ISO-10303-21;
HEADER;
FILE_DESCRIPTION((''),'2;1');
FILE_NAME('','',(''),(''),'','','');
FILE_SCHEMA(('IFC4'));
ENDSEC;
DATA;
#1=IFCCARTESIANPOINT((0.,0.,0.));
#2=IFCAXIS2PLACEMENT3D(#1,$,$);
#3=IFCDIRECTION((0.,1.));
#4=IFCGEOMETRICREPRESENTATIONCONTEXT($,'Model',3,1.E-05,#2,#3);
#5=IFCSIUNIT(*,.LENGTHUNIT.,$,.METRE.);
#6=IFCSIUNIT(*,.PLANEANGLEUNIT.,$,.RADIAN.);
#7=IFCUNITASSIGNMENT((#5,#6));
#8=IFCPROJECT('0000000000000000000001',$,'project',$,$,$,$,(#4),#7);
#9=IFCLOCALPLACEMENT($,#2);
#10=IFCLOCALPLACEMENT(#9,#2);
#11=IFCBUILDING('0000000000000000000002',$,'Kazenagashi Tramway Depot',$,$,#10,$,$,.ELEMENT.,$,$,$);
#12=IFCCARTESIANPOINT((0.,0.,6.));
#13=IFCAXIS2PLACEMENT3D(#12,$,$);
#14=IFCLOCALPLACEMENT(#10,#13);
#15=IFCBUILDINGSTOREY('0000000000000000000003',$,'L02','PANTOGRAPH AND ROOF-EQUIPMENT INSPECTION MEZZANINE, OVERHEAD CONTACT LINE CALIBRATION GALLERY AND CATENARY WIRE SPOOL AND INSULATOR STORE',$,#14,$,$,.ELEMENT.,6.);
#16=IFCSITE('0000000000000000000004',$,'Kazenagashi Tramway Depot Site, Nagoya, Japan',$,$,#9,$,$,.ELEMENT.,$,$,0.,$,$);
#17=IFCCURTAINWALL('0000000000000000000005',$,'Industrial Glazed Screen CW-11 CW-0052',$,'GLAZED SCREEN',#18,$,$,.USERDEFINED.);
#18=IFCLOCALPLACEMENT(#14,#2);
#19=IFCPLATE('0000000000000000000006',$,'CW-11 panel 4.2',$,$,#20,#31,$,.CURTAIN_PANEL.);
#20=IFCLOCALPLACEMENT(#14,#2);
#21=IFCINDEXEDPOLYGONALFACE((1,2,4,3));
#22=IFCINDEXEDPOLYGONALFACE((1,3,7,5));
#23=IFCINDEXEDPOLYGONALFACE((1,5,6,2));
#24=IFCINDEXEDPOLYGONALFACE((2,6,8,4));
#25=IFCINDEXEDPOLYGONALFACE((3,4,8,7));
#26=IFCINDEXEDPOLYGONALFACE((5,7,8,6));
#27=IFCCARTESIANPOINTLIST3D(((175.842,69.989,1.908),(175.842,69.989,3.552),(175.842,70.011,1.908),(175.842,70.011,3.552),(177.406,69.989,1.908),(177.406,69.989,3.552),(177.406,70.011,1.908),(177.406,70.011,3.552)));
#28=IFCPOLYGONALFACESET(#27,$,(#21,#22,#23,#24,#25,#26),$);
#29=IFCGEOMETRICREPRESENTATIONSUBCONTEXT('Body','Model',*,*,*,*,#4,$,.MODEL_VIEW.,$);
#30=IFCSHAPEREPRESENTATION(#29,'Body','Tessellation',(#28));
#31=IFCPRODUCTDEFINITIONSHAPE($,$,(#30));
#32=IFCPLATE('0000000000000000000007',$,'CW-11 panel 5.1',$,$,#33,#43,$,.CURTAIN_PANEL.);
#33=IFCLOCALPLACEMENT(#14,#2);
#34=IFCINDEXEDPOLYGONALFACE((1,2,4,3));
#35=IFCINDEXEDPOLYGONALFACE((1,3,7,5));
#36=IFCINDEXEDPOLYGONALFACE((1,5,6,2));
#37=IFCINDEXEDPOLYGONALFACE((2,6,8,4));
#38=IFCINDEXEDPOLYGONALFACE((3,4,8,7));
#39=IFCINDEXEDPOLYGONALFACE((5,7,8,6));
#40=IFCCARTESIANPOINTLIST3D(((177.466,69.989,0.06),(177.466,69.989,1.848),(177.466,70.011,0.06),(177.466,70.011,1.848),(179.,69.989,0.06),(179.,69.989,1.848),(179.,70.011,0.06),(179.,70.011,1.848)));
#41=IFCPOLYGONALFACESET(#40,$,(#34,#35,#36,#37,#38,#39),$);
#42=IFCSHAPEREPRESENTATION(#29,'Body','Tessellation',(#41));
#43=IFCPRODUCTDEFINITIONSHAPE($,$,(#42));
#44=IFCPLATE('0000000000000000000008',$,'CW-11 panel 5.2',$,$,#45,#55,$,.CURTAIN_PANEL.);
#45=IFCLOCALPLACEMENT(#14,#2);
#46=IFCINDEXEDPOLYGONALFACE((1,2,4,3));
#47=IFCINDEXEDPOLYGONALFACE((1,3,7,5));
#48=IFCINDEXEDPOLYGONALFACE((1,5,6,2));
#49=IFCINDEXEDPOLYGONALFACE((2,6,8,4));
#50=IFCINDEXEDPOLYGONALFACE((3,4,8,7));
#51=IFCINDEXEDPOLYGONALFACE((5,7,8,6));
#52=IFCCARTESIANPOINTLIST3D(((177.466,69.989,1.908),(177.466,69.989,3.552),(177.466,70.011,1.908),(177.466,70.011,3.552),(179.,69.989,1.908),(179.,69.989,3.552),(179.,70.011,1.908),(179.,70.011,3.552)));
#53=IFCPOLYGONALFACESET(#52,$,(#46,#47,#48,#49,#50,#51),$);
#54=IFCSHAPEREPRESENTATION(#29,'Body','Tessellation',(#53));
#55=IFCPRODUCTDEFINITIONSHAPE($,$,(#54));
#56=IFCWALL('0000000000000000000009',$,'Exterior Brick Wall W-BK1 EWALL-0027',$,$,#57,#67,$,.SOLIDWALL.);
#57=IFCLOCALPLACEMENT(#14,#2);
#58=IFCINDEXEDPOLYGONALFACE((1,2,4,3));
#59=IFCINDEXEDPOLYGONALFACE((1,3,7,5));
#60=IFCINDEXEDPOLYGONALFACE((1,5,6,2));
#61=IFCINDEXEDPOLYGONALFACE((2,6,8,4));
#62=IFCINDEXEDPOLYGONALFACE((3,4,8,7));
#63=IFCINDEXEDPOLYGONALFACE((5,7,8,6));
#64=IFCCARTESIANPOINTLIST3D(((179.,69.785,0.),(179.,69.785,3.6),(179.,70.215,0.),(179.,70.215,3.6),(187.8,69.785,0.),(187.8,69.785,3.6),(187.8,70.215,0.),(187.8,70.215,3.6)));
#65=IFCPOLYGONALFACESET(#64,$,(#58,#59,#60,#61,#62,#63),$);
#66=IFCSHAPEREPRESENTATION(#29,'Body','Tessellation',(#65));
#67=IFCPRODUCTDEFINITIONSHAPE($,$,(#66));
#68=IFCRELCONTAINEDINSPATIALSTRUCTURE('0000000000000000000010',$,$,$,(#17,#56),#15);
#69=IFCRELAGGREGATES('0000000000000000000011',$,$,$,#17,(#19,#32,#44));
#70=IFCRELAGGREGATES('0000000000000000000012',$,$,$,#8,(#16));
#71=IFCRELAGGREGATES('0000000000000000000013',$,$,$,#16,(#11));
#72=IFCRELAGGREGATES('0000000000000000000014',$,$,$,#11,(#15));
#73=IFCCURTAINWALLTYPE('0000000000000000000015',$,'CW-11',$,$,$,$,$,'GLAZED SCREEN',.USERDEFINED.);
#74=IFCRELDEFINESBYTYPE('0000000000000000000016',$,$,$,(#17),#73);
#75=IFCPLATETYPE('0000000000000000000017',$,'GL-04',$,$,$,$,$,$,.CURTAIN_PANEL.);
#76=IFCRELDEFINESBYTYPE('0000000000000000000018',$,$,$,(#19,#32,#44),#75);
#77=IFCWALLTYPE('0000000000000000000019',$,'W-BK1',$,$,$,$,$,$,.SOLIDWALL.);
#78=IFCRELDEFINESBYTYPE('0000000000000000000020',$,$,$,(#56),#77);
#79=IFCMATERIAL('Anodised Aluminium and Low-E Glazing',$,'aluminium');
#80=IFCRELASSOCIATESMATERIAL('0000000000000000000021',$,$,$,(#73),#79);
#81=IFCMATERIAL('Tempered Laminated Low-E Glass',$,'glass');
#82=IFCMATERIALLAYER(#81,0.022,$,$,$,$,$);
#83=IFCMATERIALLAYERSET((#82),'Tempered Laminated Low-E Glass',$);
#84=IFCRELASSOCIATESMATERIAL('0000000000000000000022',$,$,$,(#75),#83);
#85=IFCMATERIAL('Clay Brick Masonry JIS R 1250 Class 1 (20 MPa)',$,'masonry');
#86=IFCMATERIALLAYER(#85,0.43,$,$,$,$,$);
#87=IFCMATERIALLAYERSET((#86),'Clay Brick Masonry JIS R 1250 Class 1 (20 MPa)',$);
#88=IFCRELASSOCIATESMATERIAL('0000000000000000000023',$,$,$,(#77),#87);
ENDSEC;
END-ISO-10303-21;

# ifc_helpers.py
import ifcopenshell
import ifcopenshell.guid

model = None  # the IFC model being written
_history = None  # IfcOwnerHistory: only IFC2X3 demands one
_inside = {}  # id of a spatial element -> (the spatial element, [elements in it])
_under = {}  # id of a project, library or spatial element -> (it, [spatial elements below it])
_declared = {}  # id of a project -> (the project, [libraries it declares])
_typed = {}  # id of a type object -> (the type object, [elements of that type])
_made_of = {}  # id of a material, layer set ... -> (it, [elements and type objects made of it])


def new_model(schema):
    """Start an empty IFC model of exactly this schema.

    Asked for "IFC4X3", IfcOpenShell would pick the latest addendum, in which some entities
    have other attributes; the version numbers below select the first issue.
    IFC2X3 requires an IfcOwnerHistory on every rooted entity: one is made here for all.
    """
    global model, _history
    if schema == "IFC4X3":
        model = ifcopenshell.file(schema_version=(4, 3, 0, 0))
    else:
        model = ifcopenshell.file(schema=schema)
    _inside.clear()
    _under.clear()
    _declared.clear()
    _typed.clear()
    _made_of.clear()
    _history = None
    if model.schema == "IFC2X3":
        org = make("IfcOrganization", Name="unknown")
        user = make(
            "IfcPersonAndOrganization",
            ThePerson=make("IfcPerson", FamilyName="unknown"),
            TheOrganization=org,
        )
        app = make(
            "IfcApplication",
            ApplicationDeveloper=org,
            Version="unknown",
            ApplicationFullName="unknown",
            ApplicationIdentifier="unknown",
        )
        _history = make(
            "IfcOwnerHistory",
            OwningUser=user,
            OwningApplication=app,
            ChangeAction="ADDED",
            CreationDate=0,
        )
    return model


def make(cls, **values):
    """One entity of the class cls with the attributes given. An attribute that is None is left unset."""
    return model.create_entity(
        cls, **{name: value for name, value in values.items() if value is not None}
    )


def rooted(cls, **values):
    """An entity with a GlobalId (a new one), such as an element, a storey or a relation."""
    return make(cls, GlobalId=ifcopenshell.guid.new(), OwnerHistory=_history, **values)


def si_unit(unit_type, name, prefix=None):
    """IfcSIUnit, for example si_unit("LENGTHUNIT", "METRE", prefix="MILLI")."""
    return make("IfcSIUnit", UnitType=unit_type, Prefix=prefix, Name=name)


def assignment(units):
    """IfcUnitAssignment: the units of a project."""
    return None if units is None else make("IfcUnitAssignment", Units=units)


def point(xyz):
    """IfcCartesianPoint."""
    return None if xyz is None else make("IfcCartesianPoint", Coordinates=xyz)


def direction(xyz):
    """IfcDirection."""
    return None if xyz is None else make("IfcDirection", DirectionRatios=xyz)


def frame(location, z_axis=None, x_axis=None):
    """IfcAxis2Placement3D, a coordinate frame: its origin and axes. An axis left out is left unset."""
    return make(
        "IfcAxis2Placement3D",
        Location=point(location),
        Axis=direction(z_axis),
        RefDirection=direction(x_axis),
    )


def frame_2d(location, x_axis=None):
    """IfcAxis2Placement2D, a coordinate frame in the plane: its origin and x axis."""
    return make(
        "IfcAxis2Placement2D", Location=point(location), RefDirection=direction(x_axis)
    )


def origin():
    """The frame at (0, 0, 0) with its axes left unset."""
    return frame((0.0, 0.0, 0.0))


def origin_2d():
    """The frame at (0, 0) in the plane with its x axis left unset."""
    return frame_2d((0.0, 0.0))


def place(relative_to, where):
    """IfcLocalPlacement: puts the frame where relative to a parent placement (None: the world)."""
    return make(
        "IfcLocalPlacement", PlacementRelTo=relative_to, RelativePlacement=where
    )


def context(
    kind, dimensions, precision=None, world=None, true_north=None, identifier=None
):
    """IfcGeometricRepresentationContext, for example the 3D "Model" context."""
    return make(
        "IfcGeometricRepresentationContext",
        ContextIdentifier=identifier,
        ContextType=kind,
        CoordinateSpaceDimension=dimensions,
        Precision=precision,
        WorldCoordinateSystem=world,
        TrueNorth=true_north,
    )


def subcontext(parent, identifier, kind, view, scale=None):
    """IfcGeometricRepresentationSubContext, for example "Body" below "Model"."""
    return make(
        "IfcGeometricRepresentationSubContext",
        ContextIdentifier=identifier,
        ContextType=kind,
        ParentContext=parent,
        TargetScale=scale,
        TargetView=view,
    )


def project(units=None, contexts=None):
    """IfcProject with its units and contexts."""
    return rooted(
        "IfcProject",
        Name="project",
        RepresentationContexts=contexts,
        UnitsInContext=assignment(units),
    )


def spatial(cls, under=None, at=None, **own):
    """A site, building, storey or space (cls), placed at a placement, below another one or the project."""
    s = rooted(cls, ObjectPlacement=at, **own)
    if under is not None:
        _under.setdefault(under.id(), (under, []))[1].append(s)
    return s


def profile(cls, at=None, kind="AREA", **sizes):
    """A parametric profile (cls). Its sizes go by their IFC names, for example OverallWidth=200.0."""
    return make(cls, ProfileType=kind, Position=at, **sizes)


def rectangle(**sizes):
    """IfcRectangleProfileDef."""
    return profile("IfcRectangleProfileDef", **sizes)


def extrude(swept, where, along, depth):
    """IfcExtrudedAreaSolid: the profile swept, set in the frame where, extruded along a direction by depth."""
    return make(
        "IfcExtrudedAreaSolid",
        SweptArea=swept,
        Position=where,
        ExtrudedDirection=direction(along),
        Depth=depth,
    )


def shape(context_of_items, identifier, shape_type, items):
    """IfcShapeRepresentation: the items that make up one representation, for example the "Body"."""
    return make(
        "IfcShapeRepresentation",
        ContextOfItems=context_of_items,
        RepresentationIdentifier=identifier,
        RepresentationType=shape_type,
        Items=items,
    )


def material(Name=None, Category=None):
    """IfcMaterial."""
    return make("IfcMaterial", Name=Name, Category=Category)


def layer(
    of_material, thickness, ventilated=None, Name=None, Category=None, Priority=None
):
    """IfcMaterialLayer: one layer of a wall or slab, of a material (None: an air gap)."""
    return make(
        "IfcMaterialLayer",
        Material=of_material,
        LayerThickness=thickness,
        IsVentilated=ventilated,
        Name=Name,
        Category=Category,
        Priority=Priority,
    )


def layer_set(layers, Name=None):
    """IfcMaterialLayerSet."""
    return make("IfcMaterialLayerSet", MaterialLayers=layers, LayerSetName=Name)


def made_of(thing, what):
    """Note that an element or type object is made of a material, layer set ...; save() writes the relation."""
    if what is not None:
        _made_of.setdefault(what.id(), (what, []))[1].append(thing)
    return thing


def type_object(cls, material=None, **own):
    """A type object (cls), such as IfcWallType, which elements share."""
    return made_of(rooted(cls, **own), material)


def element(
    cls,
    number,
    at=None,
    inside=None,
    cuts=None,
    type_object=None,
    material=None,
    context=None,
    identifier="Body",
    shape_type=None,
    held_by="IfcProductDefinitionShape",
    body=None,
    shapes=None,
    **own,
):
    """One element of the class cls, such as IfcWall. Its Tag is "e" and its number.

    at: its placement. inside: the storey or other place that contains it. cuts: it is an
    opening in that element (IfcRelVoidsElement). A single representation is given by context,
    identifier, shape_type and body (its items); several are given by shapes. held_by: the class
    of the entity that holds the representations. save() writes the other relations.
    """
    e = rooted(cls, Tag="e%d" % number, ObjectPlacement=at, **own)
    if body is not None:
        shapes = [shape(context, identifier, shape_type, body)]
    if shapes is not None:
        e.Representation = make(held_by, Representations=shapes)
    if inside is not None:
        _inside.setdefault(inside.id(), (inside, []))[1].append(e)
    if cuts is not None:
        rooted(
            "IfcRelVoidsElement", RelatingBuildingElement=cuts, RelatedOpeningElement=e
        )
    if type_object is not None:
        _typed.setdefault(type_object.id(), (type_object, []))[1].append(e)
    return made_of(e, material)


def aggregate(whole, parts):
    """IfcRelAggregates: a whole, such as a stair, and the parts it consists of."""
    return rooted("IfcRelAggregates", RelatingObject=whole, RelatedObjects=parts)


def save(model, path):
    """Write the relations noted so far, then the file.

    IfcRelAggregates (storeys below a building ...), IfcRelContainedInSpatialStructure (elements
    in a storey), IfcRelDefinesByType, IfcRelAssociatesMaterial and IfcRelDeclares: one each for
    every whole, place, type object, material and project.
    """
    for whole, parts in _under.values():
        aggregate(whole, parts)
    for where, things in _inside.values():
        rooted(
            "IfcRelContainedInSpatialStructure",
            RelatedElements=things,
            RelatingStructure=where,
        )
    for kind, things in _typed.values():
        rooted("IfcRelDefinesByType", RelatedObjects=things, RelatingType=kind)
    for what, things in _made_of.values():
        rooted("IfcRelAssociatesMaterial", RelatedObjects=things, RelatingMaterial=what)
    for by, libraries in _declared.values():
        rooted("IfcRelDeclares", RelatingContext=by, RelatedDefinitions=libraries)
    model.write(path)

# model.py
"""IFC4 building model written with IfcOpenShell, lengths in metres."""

from ifc_helpers import new_model, si_unit, direction, frame, frame_2d, origin, origin_2d, place, context, subcontext, project, spatial, rectangle, extrude, material, layer, layer_set, type_object, element, aggregate, save


model = new_model("IFC4")

# Units and contexts
model_context = context("Model", 3, precision=1e-05, world=origin(), true_north=direction((0.0, 1.0)))
body_context = subcontext(model_context, "Body", "Model", "MODEL_VIEW")
ifc_project = project(units=[si_unit("LENGTHUNIT", "METRE"), si_unit("PLANEANGLEUNIT", "RADIAN")], contexts=[model_context])

# Site, building, storey
site_placement = place(None, origin())
site = spatial("IfcSite", under=ifc_project, at=site_placement, Name="Kazenagashi Tramway Depot Site, Nagoya, Japan", CompositionType="ELEMENT", RefElevation=0.0)
building_placement = place(site_placement, origin())
building = spatial("IfcBuilding", under=site, at=building_placement, Name="Kazenagashi Tramway Depot", CompositionType="ELEMENT")
storey_placement = place(building_placement, frame((0.0, 0.0, 6.0)))
storey = spatial("IfcBuildingStorey", under=building, at=storey_placement, Name="L02", Description="PANTOGRAPH AND ROOF-EQUIPMENT INSPECTION MEZZANINE, OVERHEAD CONTACT LINE CALIBRATION GALLERY AND CATENARY WIRE SPOOL AND INSULATOR STORE", CompositionType="ELEMENT", Elevation=6.0)

# Curtain wall
ifc_material_1 = material(Name="Anodised Aluminium and Low-E Glazing", Category="aluminium")
curtain_wall_type = type_object("IfcCurtainWallType", Name="CW-11", ElementType="GLAZED SCREEN", PredefinedType="USERDEFINED", material=ifc_material_1)
curtain_wall_placement = place(storey_placement, origin())
curtain_wall = element("IfcCurtainWall", 1, at=curtain_wall_placement, inside=storey, type_object=curtain_wall_type, Name="Industrial Glazed Screen CW-11 CW-0052", ObjectType="GLAZED SCREEN", PredefinedType="USERDEFINED")

# Plates
ifc_material_2 = material(Name="Tempered Laminated Low-E Glass", Category="glass")
ifc_layer_1 = layer(ifc_material_2, 0.022)
ifc_layer_set_1 = layer_set([ifc_layer_1], Name="Tempered Laminated Low-E Glass")
plate_type = type_object("IfcPlateType", Name="GL-04", PredefinedType="CURTAIN_PANEL", material=ifc_layer_set_1)
plate_1_placement = place(storey_placement, frame((176.624, 70.0, 1.908), z_axis=(0.0, 0.0, 1.0), x_axis=(1.0, 0.0, 0.0)))
plate_1 = element("IfcPlate", 2, at=plate_1_placement, type_object=plate_type, Name="CW-11 panel 4.2", PredefinedType="CURTAIN_PANEL", context=body_context, shape_type="SweptSolid", body=[
    extrude(rectangle(XDim=1.564, YDim=0.022, at=origin_2d()), origin(), (0.0, 0.0, 1.0), 1.644),
])
plate_2_placement = place(storey_placement, frame((178.233, 70.0, 0.06), z_axis=(0.0, 0.0, 1.0), x_axis=(1.0, 0.0, 0.0)))
plate_2 = element("IfcPlate", 3, at=plate_2_placement, type_object=plate_type, Name="CW-11 panel 5.1", PredefinedType="CURTAIN_PANEL", context=body_context, shape_type="SweptSolid", body=[
    extrude(rectangle(XDim=1.534, YDim=0.022, at=origin_2d()), origin(), (0.0, 0.0, 1.0), 1.788),
])
plate_3_placement = place(storey_placement, frame((178.233, 70.0, 1.908), z_axis=(0.0, 0.0, 1.0), x_axis=(1.0, 0.0, 0.0)))
plate_3 = element("IfcPlate", 4, at=plate_3_placement, type_object=plate_type, Name="CW-11 panel 5.2", PredefinedType="CURTAIN_PANEL", context=body_context, shape_type="SweptSolid", body=[
    extrude(rectangle(XDim=1.534, YDim=0.022, at=origin_2d()), origin(), (0.0, 0.0, 1.0), 1.644),
])
aggregate(curtain_wall, [plate_1, plate_2, plate_3])

# Wall
ifc_material_3 = material(Name="Clay Brick Masonry JIS R 1250 Class 1 (20 MPa)", Category="masonry")
ifc_layer_2 = layer(ifc_material_3, 0.43)
ifc_layer_set_2 = layer_set([ifc_layer_2], Name="Clay Brick Masonry JIS R 1250 Class 1 (20 MPa)")
wall_type = type_object("IfcWallType", Name="W-BK1", PredefinedType="SOLIDWALL", material=ifc_layer_set_2)
wall_placement = place(storey_placement, frame((179.0, 70.0, 0.0), z_axis=(0.0, 0.0, 1.0), x_axis=(1.0, 0.0, 0.0)))
element("IfcWall", 5, at=wall_placement, inside=storey, type_object=wall_type, Name="Exterior Brick Wall W-BK1 EWALL-0027", PredefinedType="SOLIDWALL", context=body_context, shape_type="SweptSolid", body=[
    extrude(rectangle(XDim=8.8, YDim=0.43, at=frame_2d((4.4, 0.0))), origin(), (0.0, 0.0, 1.0), 3.6),
])

save(model, "model.ifc")
